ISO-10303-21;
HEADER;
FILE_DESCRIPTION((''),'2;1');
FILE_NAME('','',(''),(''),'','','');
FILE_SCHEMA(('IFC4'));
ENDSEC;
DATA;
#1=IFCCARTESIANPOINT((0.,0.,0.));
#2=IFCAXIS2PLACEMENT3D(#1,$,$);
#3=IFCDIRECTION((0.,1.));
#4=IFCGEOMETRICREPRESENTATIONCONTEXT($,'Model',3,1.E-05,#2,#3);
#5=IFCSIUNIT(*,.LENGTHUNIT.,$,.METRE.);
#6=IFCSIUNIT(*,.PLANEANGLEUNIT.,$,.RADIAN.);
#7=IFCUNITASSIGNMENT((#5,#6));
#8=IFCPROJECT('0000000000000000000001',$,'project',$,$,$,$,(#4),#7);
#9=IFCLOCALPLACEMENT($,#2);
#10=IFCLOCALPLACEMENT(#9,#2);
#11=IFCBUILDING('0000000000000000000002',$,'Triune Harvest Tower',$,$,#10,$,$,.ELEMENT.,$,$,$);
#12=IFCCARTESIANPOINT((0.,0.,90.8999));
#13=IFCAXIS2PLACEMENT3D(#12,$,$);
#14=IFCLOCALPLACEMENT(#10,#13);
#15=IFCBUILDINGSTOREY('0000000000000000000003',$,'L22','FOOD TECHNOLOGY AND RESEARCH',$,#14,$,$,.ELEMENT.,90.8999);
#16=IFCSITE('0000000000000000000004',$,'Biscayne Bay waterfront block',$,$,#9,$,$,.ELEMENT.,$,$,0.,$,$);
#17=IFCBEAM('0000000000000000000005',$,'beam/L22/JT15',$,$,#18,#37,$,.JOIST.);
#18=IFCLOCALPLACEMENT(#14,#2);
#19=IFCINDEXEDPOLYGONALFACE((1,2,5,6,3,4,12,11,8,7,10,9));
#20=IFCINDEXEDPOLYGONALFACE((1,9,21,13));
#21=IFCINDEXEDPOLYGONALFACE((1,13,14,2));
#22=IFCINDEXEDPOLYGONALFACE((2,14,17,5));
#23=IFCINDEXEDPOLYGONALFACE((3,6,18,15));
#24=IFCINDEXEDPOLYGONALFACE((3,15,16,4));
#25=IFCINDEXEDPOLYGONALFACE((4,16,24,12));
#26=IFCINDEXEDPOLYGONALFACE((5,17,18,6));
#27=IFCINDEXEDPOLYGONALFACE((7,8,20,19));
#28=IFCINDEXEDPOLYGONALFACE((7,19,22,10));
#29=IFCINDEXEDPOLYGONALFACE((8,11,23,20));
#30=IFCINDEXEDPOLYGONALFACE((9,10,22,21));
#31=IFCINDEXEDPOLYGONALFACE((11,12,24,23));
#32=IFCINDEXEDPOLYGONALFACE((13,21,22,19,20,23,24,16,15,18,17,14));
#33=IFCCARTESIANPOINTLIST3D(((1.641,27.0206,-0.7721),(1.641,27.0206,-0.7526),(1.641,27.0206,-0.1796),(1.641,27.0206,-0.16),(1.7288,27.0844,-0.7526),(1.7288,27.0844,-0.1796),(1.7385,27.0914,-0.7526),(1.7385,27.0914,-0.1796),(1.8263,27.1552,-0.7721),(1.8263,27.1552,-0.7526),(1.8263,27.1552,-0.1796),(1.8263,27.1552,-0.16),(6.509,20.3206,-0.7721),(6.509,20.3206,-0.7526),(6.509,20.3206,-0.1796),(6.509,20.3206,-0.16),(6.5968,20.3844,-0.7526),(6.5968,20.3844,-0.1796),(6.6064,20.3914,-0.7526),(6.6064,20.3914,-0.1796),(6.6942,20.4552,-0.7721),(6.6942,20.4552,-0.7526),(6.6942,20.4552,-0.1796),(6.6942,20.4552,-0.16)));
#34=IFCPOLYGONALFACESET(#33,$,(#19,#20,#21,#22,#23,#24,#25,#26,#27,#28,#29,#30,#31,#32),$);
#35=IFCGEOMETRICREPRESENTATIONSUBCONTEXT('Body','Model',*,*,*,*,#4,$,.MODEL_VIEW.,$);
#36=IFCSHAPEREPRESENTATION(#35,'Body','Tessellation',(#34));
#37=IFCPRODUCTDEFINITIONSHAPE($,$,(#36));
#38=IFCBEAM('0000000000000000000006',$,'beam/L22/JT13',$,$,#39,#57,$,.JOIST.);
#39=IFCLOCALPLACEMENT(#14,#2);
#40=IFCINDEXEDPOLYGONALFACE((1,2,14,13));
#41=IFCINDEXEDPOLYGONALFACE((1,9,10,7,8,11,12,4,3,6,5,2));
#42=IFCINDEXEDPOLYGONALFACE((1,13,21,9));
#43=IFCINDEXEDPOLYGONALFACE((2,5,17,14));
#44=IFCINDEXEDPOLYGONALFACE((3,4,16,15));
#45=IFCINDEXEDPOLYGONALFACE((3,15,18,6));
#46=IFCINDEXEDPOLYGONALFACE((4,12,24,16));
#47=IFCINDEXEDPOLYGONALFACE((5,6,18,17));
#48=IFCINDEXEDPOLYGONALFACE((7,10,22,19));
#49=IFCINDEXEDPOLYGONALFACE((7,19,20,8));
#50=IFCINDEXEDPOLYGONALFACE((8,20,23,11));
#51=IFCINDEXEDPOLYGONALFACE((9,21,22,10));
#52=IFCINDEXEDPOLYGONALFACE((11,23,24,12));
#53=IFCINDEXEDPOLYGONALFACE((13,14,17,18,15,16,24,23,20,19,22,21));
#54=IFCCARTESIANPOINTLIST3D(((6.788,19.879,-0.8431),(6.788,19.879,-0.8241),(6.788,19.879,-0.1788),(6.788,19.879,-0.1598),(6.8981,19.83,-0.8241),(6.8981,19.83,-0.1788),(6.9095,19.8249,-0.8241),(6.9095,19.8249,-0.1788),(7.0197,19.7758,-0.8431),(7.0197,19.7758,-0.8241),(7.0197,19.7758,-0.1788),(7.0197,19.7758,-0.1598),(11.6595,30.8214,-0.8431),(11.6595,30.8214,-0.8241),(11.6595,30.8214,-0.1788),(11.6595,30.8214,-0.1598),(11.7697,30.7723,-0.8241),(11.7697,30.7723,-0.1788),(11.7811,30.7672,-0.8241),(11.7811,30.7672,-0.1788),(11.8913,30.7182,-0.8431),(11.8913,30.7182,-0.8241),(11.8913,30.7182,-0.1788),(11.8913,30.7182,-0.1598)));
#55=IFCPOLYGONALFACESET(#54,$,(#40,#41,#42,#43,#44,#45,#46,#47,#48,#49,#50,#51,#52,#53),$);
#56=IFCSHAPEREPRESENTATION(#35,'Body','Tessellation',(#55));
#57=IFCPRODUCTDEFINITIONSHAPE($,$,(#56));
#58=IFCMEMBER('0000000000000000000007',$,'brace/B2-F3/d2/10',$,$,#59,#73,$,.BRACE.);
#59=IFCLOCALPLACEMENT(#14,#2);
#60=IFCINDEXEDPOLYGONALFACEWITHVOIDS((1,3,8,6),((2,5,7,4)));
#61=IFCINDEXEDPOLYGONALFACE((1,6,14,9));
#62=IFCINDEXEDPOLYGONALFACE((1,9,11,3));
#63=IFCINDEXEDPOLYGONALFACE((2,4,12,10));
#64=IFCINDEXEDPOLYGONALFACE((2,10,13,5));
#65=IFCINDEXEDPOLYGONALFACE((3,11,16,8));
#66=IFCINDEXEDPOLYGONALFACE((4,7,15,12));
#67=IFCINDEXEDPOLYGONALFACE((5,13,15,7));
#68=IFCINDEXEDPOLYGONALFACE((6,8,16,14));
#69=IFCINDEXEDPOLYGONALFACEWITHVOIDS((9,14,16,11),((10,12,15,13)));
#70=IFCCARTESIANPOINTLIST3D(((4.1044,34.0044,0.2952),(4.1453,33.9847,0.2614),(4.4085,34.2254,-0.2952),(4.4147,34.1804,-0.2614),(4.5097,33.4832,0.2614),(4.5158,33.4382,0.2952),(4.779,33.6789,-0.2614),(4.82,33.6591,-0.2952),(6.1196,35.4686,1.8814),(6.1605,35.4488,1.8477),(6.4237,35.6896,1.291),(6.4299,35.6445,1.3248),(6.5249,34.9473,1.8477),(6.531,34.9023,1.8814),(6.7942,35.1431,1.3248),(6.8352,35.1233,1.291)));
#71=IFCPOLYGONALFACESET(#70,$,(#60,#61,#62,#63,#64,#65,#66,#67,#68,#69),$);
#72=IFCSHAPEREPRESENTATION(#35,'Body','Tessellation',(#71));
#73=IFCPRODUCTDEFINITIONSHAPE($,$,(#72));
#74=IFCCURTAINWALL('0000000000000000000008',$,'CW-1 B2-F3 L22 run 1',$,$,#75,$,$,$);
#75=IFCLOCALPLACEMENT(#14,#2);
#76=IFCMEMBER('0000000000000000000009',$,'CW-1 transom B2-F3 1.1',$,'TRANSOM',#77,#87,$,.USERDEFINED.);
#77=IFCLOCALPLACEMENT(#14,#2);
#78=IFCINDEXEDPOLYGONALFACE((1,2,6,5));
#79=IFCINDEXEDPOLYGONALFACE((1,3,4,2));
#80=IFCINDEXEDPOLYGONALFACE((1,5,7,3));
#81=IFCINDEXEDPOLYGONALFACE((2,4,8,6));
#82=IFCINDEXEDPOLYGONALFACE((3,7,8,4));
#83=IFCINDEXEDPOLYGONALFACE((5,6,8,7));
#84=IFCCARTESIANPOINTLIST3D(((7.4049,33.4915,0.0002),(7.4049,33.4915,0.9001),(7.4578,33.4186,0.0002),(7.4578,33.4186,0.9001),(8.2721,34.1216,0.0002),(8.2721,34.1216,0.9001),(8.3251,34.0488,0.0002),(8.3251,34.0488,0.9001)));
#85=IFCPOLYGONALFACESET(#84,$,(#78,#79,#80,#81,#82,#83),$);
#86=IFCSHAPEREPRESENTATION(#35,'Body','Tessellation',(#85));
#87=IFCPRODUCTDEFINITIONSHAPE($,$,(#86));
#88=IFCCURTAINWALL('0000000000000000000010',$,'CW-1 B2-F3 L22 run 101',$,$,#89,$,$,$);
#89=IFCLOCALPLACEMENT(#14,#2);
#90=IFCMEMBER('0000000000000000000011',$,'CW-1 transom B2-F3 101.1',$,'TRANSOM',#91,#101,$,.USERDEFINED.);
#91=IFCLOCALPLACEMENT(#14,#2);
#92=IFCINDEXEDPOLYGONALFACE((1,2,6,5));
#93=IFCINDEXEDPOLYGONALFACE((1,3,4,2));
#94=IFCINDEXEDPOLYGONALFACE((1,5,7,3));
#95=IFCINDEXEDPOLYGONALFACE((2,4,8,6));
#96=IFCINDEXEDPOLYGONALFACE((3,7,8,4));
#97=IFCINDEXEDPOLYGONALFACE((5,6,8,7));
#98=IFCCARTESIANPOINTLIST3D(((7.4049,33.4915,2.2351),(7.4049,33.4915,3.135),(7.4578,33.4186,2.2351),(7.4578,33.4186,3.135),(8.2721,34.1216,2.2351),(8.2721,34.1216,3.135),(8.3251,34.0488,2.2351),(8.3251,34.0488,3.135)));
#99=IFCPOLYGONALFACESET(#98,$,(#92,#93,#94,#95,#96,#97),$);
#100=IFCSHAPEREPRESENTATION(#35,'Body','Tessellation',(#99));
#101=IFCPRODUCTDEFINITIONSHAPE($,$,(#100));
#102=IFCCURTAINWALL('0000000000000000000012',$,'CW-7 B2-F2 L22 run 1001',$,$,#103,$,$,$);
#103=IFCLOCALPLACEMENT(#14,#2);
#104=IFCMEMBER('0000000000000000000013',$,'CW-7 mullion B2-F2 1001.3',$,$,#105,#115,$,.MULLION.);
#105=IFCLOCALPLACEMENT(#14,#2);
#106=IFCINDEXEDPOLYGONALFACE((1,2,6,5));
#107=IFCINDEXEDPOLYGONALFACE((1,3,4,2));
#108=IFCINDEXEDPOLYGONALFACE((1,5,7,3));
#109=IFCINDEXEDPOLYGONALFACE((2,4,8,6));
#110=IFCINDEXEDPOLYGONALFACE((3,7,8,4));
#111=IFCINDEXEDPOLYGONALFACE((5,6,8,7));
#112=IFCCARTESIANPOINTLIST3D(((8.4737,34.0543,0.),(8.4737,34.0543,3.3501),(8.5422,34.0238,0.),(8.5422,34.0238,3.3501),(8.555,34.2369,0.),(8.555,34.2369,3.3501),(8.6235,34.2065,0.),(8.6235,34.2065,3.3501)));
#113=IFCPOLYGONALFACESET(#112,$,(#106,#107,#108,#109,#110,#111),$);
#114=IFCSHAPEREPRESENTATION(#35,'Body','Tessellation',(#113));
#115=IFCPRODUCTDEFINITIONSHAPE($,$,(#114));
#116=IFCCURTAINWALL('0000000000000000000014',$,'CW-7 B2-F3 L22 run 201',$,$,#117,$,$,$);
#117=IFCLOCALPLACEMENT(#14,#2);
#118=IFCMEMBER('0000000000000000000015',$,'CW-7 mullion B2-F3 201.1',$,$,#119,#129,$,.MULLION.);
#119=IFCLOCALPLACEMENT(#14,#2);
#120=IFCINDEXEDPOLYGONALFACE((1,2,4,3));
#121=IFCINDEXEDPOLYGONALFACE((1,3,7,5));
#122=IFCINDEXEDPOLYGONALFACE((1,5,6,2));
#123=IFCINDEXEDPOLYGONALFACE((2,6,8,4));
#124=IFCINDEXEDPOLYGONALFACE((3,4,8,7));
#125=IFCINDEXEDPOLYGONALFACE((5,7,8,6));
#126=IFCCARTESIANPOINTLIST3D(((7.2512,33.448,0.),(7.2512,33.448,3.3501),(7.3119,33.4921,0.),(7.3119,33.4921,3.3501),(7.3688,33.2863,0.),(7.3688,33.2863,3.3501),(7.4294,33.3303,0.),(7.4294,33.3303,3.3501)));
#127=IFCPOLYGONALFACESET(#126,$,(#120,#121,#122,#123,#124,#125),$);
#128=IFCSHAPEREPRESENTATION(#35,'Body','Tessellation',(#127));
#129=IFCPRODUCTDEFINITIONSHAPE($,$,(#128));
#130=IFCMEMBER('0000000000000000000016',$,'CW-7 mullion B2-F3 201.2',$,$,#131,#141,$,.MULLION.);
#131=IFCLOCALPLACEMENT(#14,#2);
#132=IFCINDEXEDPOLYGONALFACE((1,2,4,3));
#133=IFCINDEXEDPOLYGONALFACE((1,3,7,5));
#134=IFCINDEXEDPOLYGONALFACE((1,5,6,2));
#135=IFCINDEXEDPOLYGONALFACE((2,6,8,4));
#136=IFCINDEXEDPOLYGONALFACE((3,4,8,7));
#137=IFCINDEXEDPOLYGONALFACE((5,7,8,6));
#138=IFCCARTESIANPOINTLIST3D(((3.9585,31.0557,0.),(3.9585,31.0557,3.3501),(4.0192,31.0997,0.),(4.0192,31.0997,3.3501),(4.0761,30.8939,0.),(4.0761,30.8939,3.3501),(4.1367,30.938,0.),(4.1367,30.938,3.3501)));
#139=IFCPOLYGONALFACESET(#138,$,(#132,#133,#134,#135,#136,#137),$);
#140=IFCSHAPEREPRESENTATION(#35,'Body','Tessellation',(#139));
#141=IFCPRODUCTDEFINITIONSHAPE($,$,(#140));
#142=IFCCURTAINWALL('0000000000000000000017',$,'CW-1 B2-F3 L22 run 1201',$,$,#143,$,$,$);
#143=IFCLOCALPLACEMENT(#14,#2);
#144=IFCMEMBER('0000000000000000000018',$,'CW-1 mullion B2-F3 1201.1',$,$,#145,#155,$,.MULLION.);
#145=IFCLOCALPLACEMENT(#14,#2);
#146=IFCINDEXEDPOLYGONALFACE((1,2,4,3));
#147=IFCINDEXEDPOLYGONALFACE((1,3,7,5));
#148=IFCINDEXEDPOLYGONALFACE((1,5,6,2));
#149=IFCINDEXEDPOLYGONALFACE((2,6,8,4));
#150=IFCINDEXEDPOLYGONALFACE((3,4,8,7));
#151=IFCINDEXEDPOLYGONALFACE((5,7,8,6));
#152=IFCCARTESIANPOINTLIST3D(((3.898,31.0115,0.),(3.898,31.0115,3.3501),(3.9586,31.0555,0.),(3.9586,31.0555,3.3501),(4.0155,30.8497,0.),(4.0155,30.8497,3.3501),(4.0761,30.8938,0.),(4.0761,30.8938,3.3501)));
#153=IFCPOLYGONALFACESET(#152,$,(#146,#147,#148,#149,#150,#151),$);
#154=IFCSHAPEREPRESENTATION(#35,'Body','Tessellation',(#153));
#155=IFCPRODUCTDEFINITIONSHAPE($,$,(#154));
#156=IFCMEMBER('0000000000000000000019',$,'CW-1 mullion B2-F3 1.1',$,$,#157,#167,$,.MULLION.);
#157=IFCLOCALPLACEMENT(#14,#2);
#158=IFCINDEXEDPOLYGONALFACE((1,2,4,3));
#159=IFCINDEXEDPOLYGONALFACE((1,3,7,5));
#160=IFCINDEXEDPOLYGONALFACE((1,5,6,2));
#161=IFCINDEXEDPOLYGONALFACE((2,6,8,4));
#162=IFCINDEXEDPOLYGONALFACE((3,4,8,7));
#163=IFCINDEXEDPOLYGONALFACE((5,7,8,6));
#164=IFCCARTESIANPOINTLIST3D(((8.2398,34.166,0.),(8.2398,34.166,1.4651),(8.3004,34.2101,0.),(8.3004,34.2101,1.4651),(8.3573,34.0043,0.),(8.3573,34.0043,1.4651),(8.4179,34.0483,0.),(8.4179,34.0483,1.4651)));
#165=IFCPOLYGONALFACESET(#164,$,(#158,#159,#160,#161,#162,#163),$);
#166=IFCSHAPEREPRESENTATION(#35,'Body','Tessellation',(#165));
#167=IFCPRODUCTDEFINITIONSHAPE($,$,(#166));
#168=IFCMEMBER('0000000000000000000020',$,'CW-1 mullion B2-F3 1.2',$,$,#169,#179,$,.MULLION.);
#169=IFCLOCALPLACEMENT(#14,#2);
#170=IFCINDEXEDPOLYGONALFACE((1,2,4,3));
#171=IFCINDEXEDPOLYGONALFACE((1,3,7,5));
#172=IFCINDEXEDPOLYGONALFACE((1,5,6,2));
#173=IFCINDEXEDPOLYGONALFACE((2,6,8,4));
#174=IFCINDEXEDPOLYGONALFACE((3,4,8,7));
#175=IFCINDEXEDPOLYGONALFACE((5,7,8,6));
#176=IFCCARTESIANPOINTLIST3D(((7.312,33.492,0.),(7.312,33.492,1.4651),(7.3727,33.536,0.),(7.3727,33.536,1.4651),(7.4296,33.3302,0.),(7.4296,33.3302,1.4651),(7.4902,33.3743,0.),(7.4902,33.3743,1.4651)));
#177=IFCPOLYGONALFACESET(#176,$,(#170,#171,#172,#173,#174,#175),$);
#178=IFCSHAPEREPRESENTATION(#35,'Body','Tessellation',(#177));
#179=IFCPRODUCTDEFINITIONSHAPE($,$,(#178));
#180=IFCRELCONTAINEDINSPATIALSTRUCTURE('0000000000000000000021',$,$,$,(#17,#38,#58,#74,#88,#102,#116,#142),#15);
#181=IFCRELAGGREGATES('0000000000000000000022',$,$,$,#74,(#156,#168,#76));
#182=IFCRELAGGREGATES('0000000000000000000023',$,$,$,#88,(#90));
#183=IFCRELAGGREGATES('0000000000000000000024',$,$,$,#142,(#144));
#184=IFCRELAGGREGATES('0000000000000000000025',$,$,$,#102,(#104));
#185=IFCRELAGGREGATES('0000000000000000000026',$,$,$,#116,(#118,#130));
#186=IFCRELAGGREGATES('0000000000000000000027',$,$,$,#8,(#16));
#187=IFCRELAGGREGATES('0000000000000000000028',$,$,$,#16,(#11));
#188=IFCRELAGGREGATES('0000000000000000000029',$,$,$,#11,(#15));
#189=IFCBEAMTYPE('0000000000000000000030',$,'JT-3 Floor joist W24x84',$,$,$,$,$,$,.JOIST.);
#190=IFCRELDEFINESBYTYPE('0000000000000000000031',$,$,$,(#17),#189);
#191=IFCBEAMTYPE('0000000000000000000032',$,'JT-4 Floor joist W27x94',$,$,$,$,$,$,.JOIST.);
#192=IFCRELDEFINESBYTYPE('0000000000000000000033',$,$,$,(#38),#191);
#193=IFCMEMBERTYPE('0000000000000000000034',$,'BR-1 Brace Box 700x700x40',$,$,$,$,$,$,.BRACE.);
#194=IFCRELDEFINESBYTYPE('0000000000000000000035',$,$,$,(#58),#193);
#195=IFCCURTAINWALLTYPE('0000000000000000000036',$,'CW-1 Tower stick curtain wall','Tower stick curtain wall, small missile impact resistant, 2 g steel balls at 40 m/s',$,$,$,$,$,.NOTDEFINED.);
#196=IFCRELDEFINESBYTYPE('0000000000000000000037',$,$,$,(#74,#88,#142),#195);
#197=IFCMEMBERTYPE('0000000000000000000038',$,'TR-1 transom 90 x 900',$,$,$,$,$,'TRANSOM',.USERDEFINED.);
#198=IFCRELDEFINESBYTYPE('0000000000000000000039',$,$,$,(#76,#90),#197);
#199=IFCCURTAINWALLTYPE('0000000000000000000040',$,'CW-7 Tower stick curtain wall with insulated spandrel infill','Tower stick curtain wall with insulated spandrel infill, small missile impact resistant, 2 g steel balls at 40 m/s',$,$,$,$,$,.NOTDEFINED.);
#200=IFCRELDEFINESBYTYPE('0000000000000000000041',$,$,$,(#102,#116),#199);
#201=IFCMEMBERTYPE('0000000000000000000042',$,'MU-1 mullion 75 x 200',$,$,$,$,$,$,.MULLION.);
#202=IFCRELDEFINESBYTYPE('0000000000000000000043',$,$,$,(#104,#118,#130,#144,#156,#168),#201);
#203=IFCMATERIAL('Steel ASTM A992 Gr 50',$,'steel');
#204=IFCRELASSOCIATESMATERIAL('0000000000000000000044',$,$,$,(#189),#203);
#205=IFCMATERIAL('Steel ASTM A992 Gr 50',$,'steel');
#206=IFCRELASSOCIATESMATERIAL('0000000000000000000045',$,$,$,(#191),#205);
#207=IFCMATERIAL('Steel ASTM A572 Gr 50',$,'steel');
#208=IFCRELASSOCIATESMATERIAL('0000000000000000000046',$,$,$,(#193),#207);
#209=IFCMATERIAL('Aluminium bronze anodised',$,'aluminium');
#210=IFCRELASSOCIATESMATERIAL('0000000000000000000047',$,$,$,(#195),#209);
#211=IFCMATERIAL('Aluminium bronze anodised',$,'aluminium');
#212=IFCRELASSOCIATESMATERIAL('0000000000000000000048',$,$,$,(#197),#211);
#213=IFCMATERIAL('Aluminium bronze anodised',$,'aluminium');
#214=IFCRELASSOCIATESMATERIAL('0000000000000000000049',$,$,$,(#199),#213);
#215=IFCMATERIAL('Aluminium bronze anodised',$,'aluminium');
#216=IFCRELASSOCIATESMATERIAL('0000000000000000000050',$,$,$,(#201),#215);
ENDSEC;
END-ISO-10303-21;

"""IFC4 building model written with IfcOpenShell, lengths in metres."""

from ifc_helpers import new_model, si_unit, direction, frame, origin, origin_2d, place, context, subcontext, project, spatial, rectangle, hollow_rectangle, i_section, extrude, source, transform, mapped, material, material_profile, profile_set, type_object, element, aggregate, save


model = new_model("IFC4")

# Units and contexts
model_context = context("Model", 3, precision=1e-05, world=origin(), true_north=direction((0.0, 1.0)))
body_context = subcontext(model_context, "Body", "Model", "MODEL_VIEW")
ifc_project = project(units=[si_unit("LENGTHUNIT", "METRE"), si_unit("PLANEANGLEUNIT", "RADIAN")], contexts=[model_context])

# Site, building, storey
site_placement = place(None, origin())
site = spatial("IfcSite", under=ifc_project, at=site_placement, Name="Biscayne Bay waterfront block", CompositionType="ELEMENT", RefElevation=0.0)
building_placement = place(site_placement, origin())
building = spatial("IfcBuilding", under=site, at=building_placement, Name="Triune Harvest Tower", CompositionType="ELEMENT")
storey_placement = place(building_placement, frame((0.0, 0.0, 90.8999)))
storey = spatial("IfcBuildingStorey", under=building, at=storey_placement, Name="L22", Description="FOOD TECHNOLOGY AND RESEARCH", CompositionType="ELEMENT", Elevation=90.8999)

# Beams
ifc_material_1 = material(Name="Steel ASTM A992 Gr 50", Category="steel")
ifc_material_profile_1 = material_profile(ifc_material_1, i_section(OverallWidth=0.229, OverallDepth=0.6121, WebThickness=0.012, FlangeThickness=0.0195, at=origin_2d()), Name="W24x84")
ifc_profile_set_1 = profile_set([ifc_material_profile_1], Name="Steel ASTM A992 Gr 50")
beam_type_1 = type_object("IfcBeamType", Name="JT-3 Floor joist W24x84", PredefinedType="JOIST", material=ifc_profile_set_1)
shared_shape_1 = source(origin(), body_context, "Body", "SweptSolid", [
    extrude(i_section(OverallWidth=0.229, OverallDepth=0.6121, WebThickness=0.012, FlangeThickness=0.0195, at=origin_2d()), origin(), (0.0, 0.0, 1.0), 8.2817),
])
beam_1_placement = place(storey_placement, frame((1.7336, 27.0879, -0.4661), z_axis=(0.587795, -0.80901, 0.0), x_axis=(0.80901, 0.587795, 0.0)))
element("IfcBeam", 1, at=beam_1_placement, inside=storey, type_object=beam_type_1, Name="beam/L22/JT15", PredefinedType="JOIST", context=body_context, shape_type="MappedRepresentation", body=[
    mapped(shared_shape_1, transform((0.0, 0.0, 0.0), scale=1.0)),
])
ifc_material_2 = material(Name="Steel ASTM A992 Gr 50", Category="steel")
ifc_material_profile_2 = material_profile(ifc_material_2, i_section(OverallWidth=0.2537, OverallDepth=0.6833, WebThickness=0.0125, FlangeThickness=0.019, at=origin_2d()), Name="W27x94")
ifc_profile_set_2 = profile_set([ifc_material_profile_2], Name="Steel ASTM A992 Gr 50")
beam_type_2 = type_object("IfcBeamType", Name="JT-4 Floor joist W27x94", PredefinedType="JOIST", material=ifc_profile_set_2)
shared_shape_2 = source(origin(), body_context, "Body", "SweptSolid", [
    extrude(i_section(OverallWidth=0.2537, OverallDepth=0.6833, WebThickness=0.0125, FlangeThickness=0.019, at=origin_2d()), origin(), (0.0, 0.0, 1.0), 11.9778),
])
beam_2_placement = place(storey_placement, frame((11.7754, 30.7698, -0.5015), z_axis=(-0.406717, -0.913554, 0.0), x_axis=(0.913554, -0.406717, 0.0)))
element("IfcBeam", 2, at=beam_2_placement, inside=storey, type_object=beam_type_2, Name="beam/L22/JT13", PredefinedType="JOIST", context=body_context, shape_type="MappedRepresentation", body=[
    mapped(shared_shape_2, transform((0.0, 0.0, 0.0), scale=1.0)),
])

# Member
ifc_material_3 = material(Name="Steel ASTM A572 Gr 50", Category="steel")
ifc_material_profile_3 = material_profile(ifc_material_3, hollow_rectangle(XDim=0.7, YDim=0.7, WallThickness=0.04, at=origin_2d()), Name="Box 700x700x40")
ifc_profile_set_3 = profile_set([ifc_material_profile_3], Name="Steel ASTM A572 Gr 50")
member_type_1 = type_object("IfcMemberType", Name="BR-1 Brace Box 700x700x40", PredefinedType="BRACE", material=ifc_profile_set_3)
shared_shape_3 = source(origin(), body_context, "Body", "SweptSolid", [
    extrude(hollow_rectangle(XDim=0.7, YDim=0.7, WallThickness=0.04, at=origin_2d()), origin(), (0.0, 0.0, 1.0), 2.9531),
])
member_1_placement = place(storey_placement, frame((4.4622, 33.8318, 0.0), z_axis=(0.682397, 0.4958, 0.537137), x_axis=(-0.587793, 0.809011, 0.0)))
element("IfcMember", 3, at=member_1_placement, inside=storey, type_object=member_type_1, Name="brace/B2-F3/d2/10", PredefinedType="BRACE", context=body_context, shape_type="MappedRepresentation", body=[
    mapped(shared_shape_3, transform((0.0, 0.0, 0.0), scale=1.0)),
])

# Curtain walls, members
ifc_material_4 = material(Name="Aluminium bronze anodised", Category="aluminium")
curtain_wall_type_1 = type_object("IfcCurtainWallType", Name="CW-1 Tower stick curtain wall", Description="Tower stick curtain wall, small missile impact resistant, 2 g steel balls at 40 m/s", PredefinedType="NOTDEFINED", material=ifc_material_4)
curtain_wall_1_placement = place(storey_placement, origin())
curtain_wall_1 = element("IfcCurtainWall", 4, at=curtain_wall_1_placement, inside=storey, type_object=curtain_wall_type_1, Name="CW-1 B2-F3 L22 run 1")
ifc_material_5 = material(Name="Aluminium bronze anodised", Category="aluminium")
ifc_material_profile_4 = material_profile(ifc_material_5, rectangle(XDim=0.0901, YDim=0.8999, at=origin_2d()), Name="TR-1 transom 90 x 900")
ifc_profile_set_4 = profile_set([ifc_material_profile_4], Name="Aluminium bronze anodised")
member_type_2 = type_object("IfcMemberType", Name="TR-1 transom 90 x 900", ElementType="TRANSOM", PredefinedType="USERDEFINED", material=ifc_profile_set_4)
shared_shape_4 = source(origin(), body_context, "Body", "SweptSolid", [
    extrude(rectangle(XDim=0.0901, YDim=0.8999, at=origin_2d()), origin(), (0.0, 0.0, 1.0), 1.072),
])
member_2_placement = place(storey_placement, frame((8.2986, 34.0852, 0.4502), z_axis=(-0.808982, -0.587833, 0.0), x_axis=(0.587833, -0.808982, 0.0)))
member_2 = element("IfcMember", 5, at=member_2_placement, type_object=member_type_2, Name="CW-1 transom B2-F3 1.1", ObjectType="TRANSOM", PredefinedType="USERDEFINED", context=body_context, shape_type="MappedRepresentation", body=[
    mapped(shared_shape_4, transform((0.0, 0.0, 0.0), scale=1.0)),
])
curtain_wall_2_placement = place(storey_placement, origin())
curtain_wall_2 = element("IfcCurtainWall", 6, at=curtain_wall_2_placement, inside=storey, type_object=curtain_wall_type_1, Name="CW-1 B2-F3 L22 run 101")
member_3_placement = place(storey_placement, frame((8.2986, 34.0852, 2.6851), z_axis=(-0.808982, -0.587833, 0.0), x_axis=(0.587833, -0.808982, 0.0)))
member_3 = element("IfcMember", 7, at=member_3_placement, type_object=member_type_2, Name="CW-1 transom B2-F3 101.1", ObjectType="TRANSOM", PredefinedType="USERDEFINED", context=body_context, shape_type="MappedRepresentation", body=[
    mapped(shared_shape_4, transform((0.0, 0.0, 0.0), scale=1.0)),
])
ifc_material_6 = material(Name="Aluminium bronze anodised", Category="aluminium")
curtain_wall_type_2 = type_object("IfcCurtainWallType", Name="CW-7 Tower stick curtain wall with insulated spandrel infill", Description="Tower stick curtain wall with insulated spandrel infill, small missile impact resistant, 2 g steel balls at 40 m/s", PredefinedType="NOTDEFINED", material=ifc_material_6)
curtain_wall_3_placement = place(storey_placement, origin())
curtain_wall_3 = element("IfcCurtainWall", 8, at=curtain_wall_3_placement, inside=storey, type_object=curtain_wall_type_2, Name="CW-7 B2-F2 L22 run 1001")
ifc_material_7 = material(Name="Aluminium bronze anodised", Category="aluminium")
ifc_material_profile_5 = material_profile(ifc_material_7, rectangle(XDim=0.2, YDim=0.075, at=origin_2d()), Name="MU-1 mullion 75 x 200")
ifc_profile_set_5 = profile_set([ifc_material_profile_5], Name="Aluminium bronze anodised")
member_type_3 = type_object("IfcMemberType", Name="MU-1 mullion 75 x 200", PredefinedType="MULLION", material=ifc_profile_set_5)
shared_shape_5 = source(origin(), body_context, "Body", "SweptSolid", [
    extrude(rectangle(XDim=0.2, YDim=0.075, at=origin_2d()), origin(), (0.0, 0.0, 1.0), 3.3501),
])
member_4_placement = place(storey_placement, frame((8.5486, 34.1304, 0.0), z_axis=(0.0, 0.0, 1.0), x_axis=(-0.406735, -0.913546, 0.0)))
member_4 = element("IfcMember", 9, at=member_4_placement, type_object=member_type_3, Name="CW-7 mullion B2-F2 1001.3", PredefinedType="MULLION", context=body_context, shape_type="MappedRepresentation", body=[
    mapped(shared_shape_5, transform((0.0, 0.0, 0.0), scale=1.0)),
])

# Curtain wall, members
curtain_wall_4_placement = place(storey_placement, origin())
curtain_wall_4 = element("IfcCurtainWall", 10, at=curtain_wall_4_placement, inside=storey, type_object=curtain_wall_type_2, Name="CW-7 B2-F3 L22 run 201")
member_5_placement = place(storey_placement, frame((7.3403, 33.3892, 0.0), z_axis=(0.0, 0.0, 1.0), x_axis=(0.587787, -0.809016, 0.0)))
member_5 = element("IfcMember", 11, at=member_5_placement, type_object=member_type_3, Name="CW-7 mullion B2-F3 201.1", PredefinedType="MULLION", context=body_context, shape_type="MappedRepresentation", body=[
    mapped(shared_shape_5, transform((0.0, 0.0, 0.0), scale=1.0)),
])
member_6_placement = place(storey_placement, frame((4.0476, 30.9968, 0.0), z_axis=(0.0, 0.0, 1.0), x_axis=(0.587787, -0.809016, 0.0)))
member_6 = element("IfcMember", 12, at=member_6_placement, type_object=member_type_3, Name="CW-7 mullion B2-F3 201.2", PredefinedType="MULLION", context=body_context, shape_type="MappedRepresentation", body=[
    mapped(shared_shape_5, transform((0.0, 0.0, 0.0), scale=1.0)),
])

# Curtain wall, member
curtain_wall_5_placement = place(storey_placement, origin())
curtain_wall_5 = element("IfcCurtainWall", 13, at=curtain_wall_5_placement, inside=storey, type_object=curtain_wall_type_1, Name="CW-1 B2-F3 L22 run 1201")
member_7_placement = place(storey_placement, frame((3.9871, 30.9526, 0.0), z_axis=(0.0, 0.0, 1.0), x_axis=(0.587787, -0.809016, 0.0)))
member_7 = element("IfcMember", 14, at=member_7_placement, type_object=member_type_3, Name="CW-1 mullion B2-F3 1201.1", PredefinedType="MULLION", context=body_context, shape_type="MappedRepresentation", body=[
    mapped(shared_shape_5, transform((0.0, 0.0, 0.0), scale=1.0)),
])

# Members
shared_shape_6 = source(origin(), body_context, "Body", "SweptSolid", [
    extrude(rectangle(XDim=0.2, YDim=0.075, at=origin_2d()), origin(), (0.0, 0.0, 1.0), 1.4651),
])
member_8_placement = place(storey_placement, frame((8.3289, 34.1072, 0.0), z_axis=(0.0, 0.0, 1.0), x_axis=(0.587792, -0.809012, 0.0)))
member_8 = element("IfcMember", 15, at=member_8_placement, type_object=member_type_3, Name="CW-1 mullion B2-F3 1.1", PredefinedType="MULLION", context=body_context, shape_type="MappedRepresentation", body=[
    mapped(shared_shape_6, transform((0.0, 0.0, 0.0), scale=1.0)),
])
member_9_placement = place(storey_placement, frame((7.4011, 33.4331, 0.0), z_axis=(0.0, 0.0, 1.0), x_axis=(0.587792, -0.809012, 0.0)))
member_9 = element("IfcMember", 16, at=member_9_placement, type_object=member_type_3, Name="CW-1 mullion B2-F3 1.2", PredefinedType="MULLION", context=body_context, shape_type="MappedRepresentation", body=[
    mapped(shared_shape_6, transform((0.0, 0.0, 0.0), scale=1.0)),
])

aggregate(curtain_wall_1, [member_8, member_9, member_2])
aggregate(curtain_wall_2, [member_3])
aggregate(curtain_wall_5, [member_7])
aggregate(curtain_wall_3, [member_4])
aggregate(curtain_wall_4, [member_5, member_6])

save(model, "model.ifc")
